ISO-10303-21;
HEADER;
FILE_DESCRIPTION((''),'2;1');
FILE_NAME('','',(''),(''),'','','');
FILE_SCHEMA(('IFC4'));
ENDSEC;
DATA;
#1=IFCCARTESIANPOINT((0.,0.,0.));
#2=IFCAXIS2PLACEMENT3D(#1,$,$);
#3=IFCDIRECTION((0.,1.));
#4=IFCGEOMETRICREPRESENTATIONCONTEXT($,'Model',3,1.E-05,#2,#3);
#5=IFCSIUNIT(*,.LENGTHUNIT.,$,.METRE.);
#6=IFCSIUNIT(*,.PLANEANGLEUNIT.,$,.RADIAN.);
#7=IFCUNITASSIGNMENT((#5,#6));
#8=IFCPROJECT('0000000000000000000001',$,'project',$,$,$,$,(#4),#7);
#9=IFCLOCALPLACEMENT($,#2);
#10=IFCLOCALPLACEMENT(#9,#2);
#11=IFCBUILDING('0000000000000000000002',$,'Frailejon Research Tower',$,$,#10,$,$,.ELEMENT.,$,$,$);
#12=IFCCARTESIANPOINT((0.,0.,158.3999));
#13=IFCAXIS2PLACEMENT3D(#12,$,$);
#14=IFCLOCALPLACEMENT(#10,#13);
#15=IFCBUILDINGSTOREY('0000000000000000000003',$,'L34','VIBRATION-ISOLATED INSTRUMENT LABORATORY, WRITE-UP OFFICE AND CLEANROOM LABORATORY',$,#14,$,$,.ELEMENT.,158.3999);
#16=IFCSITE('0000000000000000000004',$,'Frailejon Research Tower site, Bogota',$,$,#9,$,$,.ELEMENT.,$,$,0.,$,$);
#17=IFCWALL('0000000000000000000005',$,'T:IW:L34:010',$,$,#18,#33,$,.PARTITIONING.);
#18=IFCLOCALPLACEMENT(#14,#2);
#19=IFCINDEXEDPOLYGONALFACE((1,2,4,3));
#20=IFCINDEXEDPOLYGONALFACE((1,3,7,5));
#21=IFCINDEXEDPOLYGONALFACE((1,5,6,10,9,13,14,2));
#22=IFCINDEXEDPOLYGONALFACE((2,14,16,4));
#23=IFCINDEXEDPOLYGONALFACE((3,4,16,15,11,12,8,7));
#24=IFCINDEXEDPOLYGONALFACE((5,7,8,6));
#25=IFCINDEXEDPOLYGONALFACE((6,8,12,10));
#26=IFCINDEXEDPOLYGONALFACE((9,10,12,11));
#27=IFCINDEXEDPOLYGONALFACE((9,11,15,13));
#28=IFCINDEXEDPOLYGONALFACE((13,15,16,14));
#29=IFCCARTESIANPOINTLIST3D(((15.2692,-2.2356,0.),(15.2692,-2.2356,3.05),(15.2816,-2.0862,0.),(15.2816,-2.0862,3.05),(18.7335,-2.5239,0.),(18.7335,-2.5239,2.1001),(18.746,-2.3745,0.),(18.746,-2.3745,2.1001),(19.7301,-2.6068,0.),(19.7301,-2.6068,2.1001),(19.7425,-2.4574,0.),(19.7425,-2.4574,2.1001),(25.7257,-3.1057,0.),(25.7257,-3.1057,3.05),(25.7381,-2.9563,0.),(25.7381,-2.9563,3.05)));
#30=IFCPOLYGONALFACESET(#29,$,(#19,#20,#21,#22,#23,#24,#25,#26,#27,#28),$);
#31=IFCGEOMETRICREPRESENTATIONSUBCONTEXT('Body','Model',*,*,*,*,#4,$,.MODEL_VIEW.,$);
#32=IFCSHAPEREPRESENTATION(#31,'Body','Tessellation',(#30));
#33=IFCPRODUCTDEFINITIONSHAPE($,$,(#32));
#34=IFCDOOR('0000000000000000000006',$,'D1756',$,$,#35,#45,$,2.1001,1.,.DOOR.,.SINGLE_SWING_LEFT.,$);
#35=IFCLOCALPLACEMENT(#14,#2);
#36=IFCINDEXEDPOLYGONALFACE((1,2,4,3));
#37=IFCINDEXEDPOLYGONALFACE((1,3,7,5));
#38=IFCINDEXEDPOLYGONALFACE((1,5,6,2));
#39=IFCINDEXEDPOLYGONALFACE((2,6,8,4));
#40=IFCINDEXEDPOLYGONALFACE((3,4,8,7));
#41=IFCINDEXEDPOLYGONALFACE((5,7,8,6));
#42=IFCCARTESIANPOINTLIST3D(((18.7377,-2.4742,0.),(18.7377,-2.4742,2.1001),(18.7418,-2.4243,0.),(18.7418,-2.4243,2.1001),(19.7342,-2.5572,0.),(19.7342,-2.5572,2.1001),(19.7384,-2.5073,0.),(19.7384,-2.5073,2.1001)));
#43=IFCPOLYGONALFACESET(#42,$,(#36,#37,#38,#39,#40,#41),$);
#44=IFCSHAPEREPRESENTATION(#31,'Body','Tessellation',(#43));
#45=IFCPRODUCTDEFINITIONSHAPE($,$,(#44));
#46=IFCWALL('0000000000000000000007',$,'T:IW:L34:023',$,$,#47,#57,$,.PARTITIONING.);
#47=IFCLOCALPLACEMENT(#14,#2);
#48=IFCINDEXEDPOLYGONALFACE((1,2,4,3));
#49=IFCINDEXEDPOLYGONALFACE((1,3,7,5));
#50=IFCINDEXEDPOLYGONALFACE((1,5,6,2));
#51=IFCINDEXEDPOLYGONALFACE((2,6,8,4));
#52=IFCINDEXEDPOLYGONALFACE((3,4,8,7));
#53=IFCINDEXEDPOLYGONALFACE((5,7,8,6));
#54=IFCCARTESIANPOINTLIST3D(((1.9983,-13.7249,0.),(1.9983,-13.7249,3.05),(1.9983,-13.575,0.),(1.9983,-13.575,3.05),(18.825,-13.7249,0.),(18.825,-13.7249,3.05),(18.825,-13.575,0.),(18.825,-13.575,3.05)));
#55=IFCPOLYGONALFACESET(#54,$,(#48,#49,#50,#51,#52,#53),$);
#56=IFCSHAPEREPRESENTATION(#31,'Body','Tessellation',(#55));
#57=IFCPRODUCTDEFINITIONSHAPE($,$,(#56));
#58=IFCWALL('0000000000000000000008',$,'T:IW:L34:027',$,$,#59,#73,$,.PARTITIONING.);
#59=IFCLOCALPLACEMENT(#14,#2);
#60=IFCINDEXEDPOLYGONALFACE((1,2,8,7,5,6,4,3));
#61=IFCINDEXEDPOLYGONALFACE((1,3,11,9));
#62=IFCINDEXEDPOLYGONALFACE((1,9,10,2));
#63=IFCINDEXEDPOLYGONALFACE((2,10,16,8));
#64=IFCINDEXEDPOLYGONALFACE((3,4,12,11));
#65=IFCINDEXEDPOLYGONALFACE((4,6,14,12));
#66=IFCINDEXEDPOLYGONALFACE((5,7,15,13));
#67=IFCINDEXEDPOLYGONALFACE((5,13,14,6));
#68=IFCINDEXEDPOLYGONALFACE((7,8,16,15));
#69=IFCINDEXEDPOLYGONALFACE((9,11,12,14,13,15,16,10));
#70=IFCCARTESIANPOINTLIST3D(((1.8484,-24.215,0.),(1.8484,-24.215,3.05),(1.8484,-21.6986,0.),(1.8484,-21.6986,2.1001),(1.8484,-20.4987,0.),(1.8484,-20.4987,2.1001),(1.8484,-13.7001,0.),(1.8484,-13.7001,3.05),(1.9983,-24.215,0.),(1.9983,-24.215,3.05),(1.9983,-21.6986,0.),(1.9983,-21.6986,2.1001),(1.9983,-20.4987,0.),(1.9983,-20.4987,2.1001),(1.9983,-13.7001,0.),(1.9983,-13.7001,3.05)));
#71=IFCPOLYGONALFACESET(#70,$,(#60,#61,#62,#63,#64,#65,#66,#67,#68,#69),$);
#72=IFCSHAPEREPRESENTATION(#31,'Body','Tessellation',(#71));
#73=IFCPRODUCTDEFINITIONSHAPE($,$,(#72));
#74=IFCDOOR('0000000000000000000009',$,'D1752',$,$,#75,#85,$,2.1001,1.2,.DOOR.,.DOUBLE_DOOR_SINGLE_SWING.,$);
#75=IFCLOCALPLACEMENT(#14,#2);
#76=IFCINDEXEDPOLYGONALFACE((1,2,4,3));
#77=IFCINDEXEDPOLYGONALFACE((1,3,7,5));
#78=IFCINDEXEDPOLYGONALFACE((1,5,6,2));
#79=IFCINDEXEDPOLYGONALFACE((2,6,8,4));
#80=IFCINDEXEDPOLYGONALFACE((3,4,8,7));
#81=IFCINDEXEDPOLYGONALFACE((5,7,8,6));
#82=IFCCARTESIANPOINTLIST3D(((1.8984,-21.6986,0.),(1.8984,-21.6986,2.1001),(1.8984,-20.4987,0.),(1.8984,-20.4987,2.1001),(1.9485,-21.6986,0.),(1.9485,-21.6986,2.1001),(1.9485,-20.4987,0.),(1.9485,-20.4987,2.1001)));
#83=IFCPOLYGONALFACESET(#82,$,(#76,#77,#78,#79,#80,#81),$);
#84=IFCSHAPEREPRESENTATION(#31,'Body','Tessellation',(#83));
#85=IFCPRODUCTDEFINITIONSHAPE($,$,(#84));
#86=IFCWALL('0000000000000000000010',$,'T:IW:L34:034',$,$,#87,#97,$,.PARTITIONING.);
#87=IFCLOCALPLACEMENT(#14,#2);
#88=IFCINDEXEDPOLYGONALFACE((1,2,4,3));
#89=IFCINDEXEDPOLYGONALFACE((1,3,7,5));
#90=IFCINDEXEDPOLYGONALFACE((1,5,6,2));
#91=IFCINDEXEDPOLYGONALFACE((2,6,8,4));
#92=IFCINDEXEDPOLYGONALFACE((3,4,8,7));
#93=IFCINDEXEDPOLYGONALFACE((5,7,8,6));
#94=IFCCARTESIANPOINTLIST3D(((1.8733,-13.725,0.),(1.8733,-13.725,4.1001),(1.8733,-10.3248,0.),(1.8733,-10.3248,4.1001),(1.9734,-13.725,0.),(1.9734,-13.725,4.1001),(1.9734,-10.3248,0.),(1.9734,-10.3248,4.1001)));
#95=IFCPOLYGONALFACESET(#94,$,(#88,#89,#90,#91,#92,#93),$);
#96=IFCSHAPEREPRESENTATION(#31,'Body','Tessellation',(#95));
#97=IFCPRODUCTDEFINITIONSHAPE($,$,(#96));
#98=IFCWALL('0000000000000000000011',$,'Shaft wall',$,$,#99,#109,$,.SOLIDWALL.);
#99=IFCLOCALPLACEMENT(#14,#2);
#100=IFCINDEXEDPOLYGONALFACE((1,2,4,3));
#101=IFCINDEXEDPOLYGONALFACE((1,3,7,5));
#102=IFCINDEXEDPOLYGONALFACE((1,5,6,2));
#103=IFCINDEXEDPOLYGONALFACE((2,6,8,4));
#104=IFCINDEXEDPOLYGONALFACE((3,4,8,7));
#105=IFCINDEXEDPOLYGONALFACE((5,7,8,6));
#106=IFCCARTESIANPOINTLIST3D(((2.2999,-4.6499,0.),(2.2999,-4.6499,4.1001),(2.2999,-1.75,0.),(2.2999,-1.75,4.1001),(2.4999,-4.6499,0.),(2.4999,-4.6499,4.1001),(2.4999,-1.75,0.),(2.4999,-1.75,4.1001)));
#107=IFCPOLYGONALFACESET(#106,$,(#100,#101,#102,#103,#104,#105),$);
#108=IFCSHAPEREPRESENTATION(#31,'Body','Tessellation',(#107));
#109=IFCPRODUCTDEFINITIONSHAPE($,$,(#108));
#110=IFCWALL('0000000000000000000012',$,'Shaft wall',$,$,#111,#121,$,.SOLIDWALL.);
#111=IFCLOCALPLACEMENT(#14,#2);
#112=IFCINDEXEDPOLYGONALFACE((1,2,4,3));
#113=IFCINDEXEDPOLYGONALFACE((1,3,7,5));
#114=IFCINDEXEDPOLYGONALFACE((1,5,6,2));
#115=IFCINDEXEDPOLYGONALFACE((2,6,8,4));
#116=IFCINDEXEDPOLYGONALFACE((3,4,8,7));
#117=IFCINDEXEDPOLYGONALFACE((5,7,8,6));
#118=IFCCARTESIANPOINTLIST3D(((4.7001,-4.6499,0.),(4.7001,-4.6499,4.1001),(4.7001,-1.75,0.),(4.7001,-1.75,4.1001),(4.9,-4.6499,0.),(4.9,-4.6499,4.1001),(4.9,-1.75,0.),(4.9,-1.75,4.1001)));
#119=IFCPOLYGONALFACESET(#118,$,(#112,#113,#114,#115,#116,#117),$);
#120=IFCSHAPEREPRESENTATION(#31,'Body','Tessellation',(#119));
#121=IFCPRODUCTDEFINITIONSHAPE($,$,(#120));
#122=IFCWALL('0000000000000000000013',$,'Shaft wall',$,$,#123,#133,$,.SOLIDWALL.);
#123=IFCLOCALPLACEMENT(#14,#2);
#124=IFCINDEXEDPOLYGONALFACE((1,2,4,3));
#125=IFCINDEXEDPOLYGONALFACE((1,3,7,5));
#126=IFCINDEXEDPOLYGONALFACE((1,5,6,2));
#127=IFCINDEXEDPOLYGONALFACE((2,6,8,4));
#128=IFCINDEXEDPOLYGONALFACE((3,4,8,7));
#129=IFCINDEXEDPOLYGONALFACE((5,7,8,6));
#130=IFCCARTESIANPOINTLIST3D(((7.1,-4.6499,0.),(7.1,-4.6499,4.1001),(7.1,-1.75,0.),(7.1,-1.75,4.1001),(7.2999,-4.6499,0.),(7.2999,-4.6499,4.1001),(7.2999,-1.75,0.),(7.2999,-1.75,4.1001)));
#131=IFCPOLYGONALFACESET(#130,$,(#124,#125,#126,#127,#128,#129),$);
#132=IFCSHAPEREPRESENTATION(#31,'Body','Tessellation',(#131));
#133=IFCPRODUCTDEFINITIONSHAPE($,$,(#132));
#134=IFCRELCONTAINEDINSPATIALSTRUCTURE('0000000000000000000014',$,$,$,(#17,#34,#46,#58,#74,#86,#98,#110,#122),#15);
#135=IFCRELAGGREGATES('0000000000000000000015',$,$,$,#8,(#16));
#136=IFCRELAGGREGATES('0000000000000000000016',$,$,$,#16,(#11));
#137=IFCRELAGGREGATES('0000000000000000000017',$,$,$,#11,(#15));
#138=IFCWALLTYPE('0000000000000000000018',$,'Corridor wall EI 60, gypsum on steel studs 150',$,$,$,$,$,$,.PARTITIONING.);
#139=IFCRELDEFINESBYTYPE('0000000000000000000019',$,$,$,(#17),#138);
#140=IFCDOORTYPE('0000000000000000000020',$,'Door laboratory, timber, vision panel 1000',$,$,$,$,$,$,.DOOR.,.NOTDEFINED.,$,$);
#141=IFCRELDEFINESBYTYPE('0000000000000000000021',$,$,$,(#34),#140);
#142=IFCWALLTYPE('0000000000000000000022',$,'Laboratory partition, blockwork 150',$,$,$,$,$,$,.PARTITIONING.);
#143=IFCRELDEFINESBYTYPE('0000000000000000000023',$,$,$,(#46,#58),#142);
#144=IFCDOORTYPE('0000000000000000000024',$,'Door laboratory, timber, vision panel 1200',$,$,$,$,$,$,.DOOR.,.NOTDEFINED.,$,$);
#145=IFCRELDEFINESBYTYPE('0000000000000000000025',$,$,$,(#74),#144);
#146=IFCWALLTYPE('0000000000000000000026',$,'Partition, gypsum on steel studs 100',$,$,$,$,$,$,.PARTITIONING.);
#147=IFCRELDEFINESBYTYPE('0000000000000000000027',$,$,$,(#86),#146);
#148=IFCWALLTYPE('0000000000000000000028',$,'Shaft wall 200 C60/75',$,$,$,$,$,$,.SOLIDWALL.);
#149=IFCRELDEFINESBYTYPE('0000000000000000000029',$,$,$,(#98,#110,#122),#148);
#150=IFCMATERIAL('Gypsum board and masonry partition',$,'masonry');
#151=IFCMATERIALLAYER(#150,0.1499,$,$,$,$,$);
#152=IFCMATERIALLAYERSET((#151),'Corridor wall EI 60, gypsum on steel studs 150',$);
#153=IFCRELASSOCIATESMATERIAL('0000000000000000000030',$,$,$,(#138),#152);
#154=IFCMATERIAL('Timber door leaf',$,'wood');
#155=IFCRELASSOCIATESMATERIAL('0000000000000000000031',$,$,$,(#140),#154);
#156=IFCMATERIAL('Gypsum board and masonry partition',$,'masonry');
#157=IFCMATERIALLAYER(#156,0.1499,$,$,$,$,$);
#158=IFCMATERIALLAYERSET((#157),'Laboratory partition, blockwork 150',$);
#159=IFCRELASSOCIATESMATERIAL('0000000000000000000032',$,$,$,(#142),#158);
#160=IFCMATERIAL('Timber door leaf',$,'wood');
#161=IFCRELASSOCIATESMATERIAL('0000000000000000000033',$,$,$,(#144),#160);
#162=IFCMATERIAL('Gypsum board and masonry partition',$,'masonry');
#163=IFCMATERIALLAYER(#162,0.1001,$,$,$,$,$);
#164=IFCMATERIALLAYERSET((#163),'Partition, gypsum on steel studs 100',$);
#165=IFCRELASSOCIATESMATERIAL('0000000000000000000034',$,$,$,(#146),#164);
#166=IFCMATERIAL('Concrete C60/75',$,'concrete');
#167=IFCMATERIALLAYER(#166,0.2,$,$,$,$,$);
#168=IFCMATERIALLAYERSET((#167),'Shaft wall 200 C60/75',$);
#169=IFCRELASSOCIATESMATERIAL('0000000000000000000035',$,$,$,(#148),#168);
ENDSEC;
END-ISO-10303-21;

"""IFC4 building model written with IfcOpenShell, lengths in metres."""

from ifc_helpers import new_model, si_unit, direction, frame, frame_2d, origin, place, context, subcontext, project, spatial, rectangle, extrude, material, layer, layer_set, type_object, element, fill, save


model = new_model("IFC4")

# Units and contexts
model_context = context("Model", 3, precision=1e-05, world=origin(), true_north=direction((0.0, 1.0)))
body_context = subcontext(model_context, "Body", "Model", "MODEL_VIEW")
ifc_project = project(units=[si_unit("LENGTHUNIT", "METRE"), si_unit("PLANEANGLEUNIT", "RADIAN")], contexts=[model_context])

# Site, building, storey
site_placement = place(None, origin())
site = spatial("IfcSite", under=ifc_project, at=site_placement, Name="Frailejon Research Tower site, Bogota", CompositionType="ELEMENT", RefElevation=0.0)
building_placement = place(site_placement, origin())
building = spatial("IfcBuilding", under=site, at=building_placement, Name="Frailejon Research Tower", CompositionType="ELEMENT")
storey_placement = place(building_placement, frame((0.0, 0.0, 158.3999)))
storey = spatial("IfcBuildingStorey", under=building, at=storey_placement, Name="L34", Description="VIBRATION-ISOLATED INSTRUMENT LABORATORY, WRITE-UP OFFICE AND CLEANROOM LABORATORY", CompositionType="ELEMENT", Elevation=158.3999)

# Wall, opening, door
ifc_material_1 = material(Name="Gypsum board and masonry partition", Category="masonry")
ifc_layer_1 = layer(ifc_material_1, 0.1499)
ifc_layer_set_1 = layer_set([ifc_layer_1], Name="Corridor wall EI 60, gypsum on steel studs 150")
wall_type_1 = type_object("IfcWallType", Name="Corridor wall EI 60, gypsum on steel studs 150", PredefinedType="PARTITIONING", material=ifc_layer_set_1)
wall_1_placement = place(storey_placement, frame((15.2754, -2.1609, 0.0), z_axis=(0.0, 0.0, 1.0), x_axis=(0.996556, -0.082926, 0.0)))
wall_1 = element("IfcWall", 1, at=wall_1_placement, inside=storey, type_object=wall_type_1, Name="T:IW:L34:010", PredefinedType="PARTITIONING", context=body_context, shape_type="SweptSolid", body=[
    extrude(rectangle(XDim=10.4927, YDim=0.1499, at=frame_2d((5.2463, 0.0))), origin(), (0.0, 0.0, 1.0), 3.05),
])
opening_1_placement = place(wall_1_placement, frame((3.4763, 0.0, 0.0)))
opening_1 = element("IfcOpeningElement", 2, at=opening_1_placement, cuts=wall_1, PredefinedType="OPENING", context=body_context, shape_type="SweptSolid", body=[
    extrude(rectangle(XDim=1.0, YDim=2.1001, at=frame_2d((0.5, 1.05))), frame((0.0, 0.085, 0.0), z_axis=(0.0, -1.0, 0.0), x_axis=(1.0, 0.0, 0.0)), (0.0, 0.0, 1.0), 0.1699),
])
ifc_material_2 = material(Name="Timber door leaf", Category="wood")
door_type_1 = type_object("IfcDoorType", Name="Door laboratory, timber, vision panel 1000", OperationType="NOTDEFINED", PredefinedType="DOOR", material=ifc_material_2)
door_1_placement = place(opening_1_placement, origin())
door_1 = element("IfcDoor", 3, at=door_1_placement, inside=storey, type_object=door_type_1, Name="D1756", OperationType="SINGLE_SWING_LEFT", OverallHeight=2.1001, OverallWidth=1.0, PredefinedType="DOOR", context=body_context, shape_type="SweptSolid", body=[
    extrude(rectangle(XDim=1.0, YDim=2.1001, at=frame_2d((0.5, 1.05))), frame((0.0, 0.0249, 0.0), z_axis=(0.0, -1.0, 0.0), x_axis=(1.0, 0.0, 0.0)), (0.0, 0.0, 1.0), 0.05),
])
fill(opening_1, door_1)

# Wall
ifc_material_3 = material(Name="Gypsum board and masonry partition", Category="masonry")
ifc_layer_2 = layer(ifc_material_3, 0.1499)
ifc_layer_set_2 = layer_set([ifc_layer_2], Name="Laboratory partition, blockwork 150")
wall_type_2 = type_object("IfcWallType", Name="Laboratory partition, blockwork 150", PredefinedType="PARTITIONING", material=ifc_layer_set_2)
wall_2_placement = place(storey_placement, frame((1.9983, -13.6499, 0.0), z_axis=(0.0, 0.0, 1.0), x_axis=(1.0, 0.0, 0.0)))
element("IfcWall", 4, at=wall_2_placement, inside=storey, type_object=wall_type_2, Name="T:IW:L34:023", PredefinedType="PARTITIONING", context=body_context, shape_type="SweptSolid", body=[
    extrude(rectangle(XDim=16.8267, YDim=0.1499, at=frame_2d((8.4133, 0.0))), origin(), (0.0, 0.0, 1.0), 3.05),
])

# Wall, opening, door
wall_3_placement = place(storey_placement, frame((1.9233, -24.2148, 0.0), z_axis=(0.0, 0.0, 1.0), x_axis=(0.0, 1.0, 0.0)))
wall_3 = element("IfcWall", 5, at=wall_3_placement, inside=storey, type_object=wall_type_2, Name="T:IW:L34:027", PredefinedType="PARTITIONING", context=body_context, shape_type="SweptSolid", body=[
    extrude(rectangle(XDim=10.5149, YDim=0.1499, at=frame_2d((5.2573, 0.0))), origin(), (0.0, 0.0, 1.0), 3.05),
])
opening_2_placement = place(wall_3_placement, frame((2.5161, 0.0, 0.0)))
opening_2 = element("IfcOpeningElement", 6, at=opening_2_placement, cuts=wall_3, PredefinedType="OPENING", context=body_context, shape_type="SweptSolid", body=[
    extrude(rectangle(XDim=1.2, YDim=2.1001, at=frame_2d((0.6001, 1.05))), frame((0.0, 0.085, 0.0), z_axis=(0.0, -1.0, 0.0), x_axis=(1.0, 0.0, 0.0)), (0.0, 0.0, 1.0), 0.1699),
])
ifc_material_4 = material(Name="Timber door leaf", Category="wood")
door_type_2 = type_object("IfcDoorType", Name="Door laboratory, timber, vision panel 1200", OperationType="NOTDEFINED", PredefinedType="DOOR", material=ifc_material_4)
door_2_placement = place(opening_2_placement, origin())
door_2 = element("IfcDoor", 7, at=door_2_placement, inside=storey, type_object=door_type_2, Name="D1752", OperationType="DOUBLE_DOOR_SINGLE_SWING", OverallHeight=2.1001, OverallWidth=1.2, PredefinedType="DOOR", context=body_context, shape_type="SweptSolid", body=[
    extrude(rectangle(XDim=1.2, YDim=2.1001, at=frame_2d((0.6001, 1.05))), frame((0.0, 0.0249, 0.0), z_axis=(0.0, -1.0, 0.0), x_axis=(1.0, 0.0, 0.0)), (0.0, 0.0, 1.0), 0.05),
])
fill(opening_2, door_2)

# Walls
ifc_material_5 = material(Name="Gypsum board and masonry partition", Category="masonry")
ifc_layer_3 = layer(ifc_material_5, 0.1001)
ifc_layer_set_3 = layer_set([ifc_layer_3], Name="Partition, gypsum on steel studs 100")
wall_type_3 = type_object("IfcWallType", Name="Partition, gypsum on steel studs 100", PredefinedType="PARTITIONING", material=ifc_layer_set_3)
wall_4_placement = place(storey_placement, frame((1.9233, -13.7251, 0.0), z_axis=(0.0, 0.0, 1.0), x_axis=(0.0, 1.0, 0.0)))
element("IfcWall", 8, at=wall_4_placement, inside=storey, type_object=wall_type_3, Name="T:IW:L34:034", PredefinedType="PARTITIONING", context=body_context, shape_type="SweptSolid", body=[
    extrude(rectangle(XDim=3.4001, YDim=0.1001, at=frame_2d((1.7002, 0.0))), origin(), (0.0, 0.0, 1.0), 4.1001),
])
ifc_material_6 = material(Name="Concrete C60/75", Category="concrete")
ifc_layer_4 = layer(ifc_material_6, 0.2)
ifc_layer_set_4 = layer_set([ifc_layer_4], Name="Shaft wall 200 C60/75")
wall_type_4 = type_object("IfcWallType", Name="Shaft wall 200 C60/75", PredefinedType="SOLIDWALL", material=ifc_layer_set_4)
for number, where, z_axis, x_axis, name in (
    (9, (2.3999, -4.6499, 0.0), (0.0, 0.0, 1.0), (0.0, 1.0, 0.0), "Shaft wall"),
    (10, (4.8, -4.6499, 0.0), (0.0, 0.0, 1.0), (0.0, 1.0, 0.0), "Shaft wall"),
    (11, (7.2, -4.6499, 0.0), (0.0, 0.0, 1.0), (0.0, 1.0, 0.0), "Shaft wall"),
):
    element("IfcWall", number, at=place(storey_placement, frame(where, z_axis=z_axis, x_axis=x_axis)), inside=storey, type_object=wall_type_4, Name=name, PredefinedType="SOLIDWALL", context=body_context, shape_type="SweptSolid", body=[
        extrude(rectangle(XDim=2.8999, YDim=0.2, at=frame_2d((1.45, 0.0))), origin(), (0.0, 0.0, 1.0), 4.1001),
    ])

save(model, "model.ifc")
